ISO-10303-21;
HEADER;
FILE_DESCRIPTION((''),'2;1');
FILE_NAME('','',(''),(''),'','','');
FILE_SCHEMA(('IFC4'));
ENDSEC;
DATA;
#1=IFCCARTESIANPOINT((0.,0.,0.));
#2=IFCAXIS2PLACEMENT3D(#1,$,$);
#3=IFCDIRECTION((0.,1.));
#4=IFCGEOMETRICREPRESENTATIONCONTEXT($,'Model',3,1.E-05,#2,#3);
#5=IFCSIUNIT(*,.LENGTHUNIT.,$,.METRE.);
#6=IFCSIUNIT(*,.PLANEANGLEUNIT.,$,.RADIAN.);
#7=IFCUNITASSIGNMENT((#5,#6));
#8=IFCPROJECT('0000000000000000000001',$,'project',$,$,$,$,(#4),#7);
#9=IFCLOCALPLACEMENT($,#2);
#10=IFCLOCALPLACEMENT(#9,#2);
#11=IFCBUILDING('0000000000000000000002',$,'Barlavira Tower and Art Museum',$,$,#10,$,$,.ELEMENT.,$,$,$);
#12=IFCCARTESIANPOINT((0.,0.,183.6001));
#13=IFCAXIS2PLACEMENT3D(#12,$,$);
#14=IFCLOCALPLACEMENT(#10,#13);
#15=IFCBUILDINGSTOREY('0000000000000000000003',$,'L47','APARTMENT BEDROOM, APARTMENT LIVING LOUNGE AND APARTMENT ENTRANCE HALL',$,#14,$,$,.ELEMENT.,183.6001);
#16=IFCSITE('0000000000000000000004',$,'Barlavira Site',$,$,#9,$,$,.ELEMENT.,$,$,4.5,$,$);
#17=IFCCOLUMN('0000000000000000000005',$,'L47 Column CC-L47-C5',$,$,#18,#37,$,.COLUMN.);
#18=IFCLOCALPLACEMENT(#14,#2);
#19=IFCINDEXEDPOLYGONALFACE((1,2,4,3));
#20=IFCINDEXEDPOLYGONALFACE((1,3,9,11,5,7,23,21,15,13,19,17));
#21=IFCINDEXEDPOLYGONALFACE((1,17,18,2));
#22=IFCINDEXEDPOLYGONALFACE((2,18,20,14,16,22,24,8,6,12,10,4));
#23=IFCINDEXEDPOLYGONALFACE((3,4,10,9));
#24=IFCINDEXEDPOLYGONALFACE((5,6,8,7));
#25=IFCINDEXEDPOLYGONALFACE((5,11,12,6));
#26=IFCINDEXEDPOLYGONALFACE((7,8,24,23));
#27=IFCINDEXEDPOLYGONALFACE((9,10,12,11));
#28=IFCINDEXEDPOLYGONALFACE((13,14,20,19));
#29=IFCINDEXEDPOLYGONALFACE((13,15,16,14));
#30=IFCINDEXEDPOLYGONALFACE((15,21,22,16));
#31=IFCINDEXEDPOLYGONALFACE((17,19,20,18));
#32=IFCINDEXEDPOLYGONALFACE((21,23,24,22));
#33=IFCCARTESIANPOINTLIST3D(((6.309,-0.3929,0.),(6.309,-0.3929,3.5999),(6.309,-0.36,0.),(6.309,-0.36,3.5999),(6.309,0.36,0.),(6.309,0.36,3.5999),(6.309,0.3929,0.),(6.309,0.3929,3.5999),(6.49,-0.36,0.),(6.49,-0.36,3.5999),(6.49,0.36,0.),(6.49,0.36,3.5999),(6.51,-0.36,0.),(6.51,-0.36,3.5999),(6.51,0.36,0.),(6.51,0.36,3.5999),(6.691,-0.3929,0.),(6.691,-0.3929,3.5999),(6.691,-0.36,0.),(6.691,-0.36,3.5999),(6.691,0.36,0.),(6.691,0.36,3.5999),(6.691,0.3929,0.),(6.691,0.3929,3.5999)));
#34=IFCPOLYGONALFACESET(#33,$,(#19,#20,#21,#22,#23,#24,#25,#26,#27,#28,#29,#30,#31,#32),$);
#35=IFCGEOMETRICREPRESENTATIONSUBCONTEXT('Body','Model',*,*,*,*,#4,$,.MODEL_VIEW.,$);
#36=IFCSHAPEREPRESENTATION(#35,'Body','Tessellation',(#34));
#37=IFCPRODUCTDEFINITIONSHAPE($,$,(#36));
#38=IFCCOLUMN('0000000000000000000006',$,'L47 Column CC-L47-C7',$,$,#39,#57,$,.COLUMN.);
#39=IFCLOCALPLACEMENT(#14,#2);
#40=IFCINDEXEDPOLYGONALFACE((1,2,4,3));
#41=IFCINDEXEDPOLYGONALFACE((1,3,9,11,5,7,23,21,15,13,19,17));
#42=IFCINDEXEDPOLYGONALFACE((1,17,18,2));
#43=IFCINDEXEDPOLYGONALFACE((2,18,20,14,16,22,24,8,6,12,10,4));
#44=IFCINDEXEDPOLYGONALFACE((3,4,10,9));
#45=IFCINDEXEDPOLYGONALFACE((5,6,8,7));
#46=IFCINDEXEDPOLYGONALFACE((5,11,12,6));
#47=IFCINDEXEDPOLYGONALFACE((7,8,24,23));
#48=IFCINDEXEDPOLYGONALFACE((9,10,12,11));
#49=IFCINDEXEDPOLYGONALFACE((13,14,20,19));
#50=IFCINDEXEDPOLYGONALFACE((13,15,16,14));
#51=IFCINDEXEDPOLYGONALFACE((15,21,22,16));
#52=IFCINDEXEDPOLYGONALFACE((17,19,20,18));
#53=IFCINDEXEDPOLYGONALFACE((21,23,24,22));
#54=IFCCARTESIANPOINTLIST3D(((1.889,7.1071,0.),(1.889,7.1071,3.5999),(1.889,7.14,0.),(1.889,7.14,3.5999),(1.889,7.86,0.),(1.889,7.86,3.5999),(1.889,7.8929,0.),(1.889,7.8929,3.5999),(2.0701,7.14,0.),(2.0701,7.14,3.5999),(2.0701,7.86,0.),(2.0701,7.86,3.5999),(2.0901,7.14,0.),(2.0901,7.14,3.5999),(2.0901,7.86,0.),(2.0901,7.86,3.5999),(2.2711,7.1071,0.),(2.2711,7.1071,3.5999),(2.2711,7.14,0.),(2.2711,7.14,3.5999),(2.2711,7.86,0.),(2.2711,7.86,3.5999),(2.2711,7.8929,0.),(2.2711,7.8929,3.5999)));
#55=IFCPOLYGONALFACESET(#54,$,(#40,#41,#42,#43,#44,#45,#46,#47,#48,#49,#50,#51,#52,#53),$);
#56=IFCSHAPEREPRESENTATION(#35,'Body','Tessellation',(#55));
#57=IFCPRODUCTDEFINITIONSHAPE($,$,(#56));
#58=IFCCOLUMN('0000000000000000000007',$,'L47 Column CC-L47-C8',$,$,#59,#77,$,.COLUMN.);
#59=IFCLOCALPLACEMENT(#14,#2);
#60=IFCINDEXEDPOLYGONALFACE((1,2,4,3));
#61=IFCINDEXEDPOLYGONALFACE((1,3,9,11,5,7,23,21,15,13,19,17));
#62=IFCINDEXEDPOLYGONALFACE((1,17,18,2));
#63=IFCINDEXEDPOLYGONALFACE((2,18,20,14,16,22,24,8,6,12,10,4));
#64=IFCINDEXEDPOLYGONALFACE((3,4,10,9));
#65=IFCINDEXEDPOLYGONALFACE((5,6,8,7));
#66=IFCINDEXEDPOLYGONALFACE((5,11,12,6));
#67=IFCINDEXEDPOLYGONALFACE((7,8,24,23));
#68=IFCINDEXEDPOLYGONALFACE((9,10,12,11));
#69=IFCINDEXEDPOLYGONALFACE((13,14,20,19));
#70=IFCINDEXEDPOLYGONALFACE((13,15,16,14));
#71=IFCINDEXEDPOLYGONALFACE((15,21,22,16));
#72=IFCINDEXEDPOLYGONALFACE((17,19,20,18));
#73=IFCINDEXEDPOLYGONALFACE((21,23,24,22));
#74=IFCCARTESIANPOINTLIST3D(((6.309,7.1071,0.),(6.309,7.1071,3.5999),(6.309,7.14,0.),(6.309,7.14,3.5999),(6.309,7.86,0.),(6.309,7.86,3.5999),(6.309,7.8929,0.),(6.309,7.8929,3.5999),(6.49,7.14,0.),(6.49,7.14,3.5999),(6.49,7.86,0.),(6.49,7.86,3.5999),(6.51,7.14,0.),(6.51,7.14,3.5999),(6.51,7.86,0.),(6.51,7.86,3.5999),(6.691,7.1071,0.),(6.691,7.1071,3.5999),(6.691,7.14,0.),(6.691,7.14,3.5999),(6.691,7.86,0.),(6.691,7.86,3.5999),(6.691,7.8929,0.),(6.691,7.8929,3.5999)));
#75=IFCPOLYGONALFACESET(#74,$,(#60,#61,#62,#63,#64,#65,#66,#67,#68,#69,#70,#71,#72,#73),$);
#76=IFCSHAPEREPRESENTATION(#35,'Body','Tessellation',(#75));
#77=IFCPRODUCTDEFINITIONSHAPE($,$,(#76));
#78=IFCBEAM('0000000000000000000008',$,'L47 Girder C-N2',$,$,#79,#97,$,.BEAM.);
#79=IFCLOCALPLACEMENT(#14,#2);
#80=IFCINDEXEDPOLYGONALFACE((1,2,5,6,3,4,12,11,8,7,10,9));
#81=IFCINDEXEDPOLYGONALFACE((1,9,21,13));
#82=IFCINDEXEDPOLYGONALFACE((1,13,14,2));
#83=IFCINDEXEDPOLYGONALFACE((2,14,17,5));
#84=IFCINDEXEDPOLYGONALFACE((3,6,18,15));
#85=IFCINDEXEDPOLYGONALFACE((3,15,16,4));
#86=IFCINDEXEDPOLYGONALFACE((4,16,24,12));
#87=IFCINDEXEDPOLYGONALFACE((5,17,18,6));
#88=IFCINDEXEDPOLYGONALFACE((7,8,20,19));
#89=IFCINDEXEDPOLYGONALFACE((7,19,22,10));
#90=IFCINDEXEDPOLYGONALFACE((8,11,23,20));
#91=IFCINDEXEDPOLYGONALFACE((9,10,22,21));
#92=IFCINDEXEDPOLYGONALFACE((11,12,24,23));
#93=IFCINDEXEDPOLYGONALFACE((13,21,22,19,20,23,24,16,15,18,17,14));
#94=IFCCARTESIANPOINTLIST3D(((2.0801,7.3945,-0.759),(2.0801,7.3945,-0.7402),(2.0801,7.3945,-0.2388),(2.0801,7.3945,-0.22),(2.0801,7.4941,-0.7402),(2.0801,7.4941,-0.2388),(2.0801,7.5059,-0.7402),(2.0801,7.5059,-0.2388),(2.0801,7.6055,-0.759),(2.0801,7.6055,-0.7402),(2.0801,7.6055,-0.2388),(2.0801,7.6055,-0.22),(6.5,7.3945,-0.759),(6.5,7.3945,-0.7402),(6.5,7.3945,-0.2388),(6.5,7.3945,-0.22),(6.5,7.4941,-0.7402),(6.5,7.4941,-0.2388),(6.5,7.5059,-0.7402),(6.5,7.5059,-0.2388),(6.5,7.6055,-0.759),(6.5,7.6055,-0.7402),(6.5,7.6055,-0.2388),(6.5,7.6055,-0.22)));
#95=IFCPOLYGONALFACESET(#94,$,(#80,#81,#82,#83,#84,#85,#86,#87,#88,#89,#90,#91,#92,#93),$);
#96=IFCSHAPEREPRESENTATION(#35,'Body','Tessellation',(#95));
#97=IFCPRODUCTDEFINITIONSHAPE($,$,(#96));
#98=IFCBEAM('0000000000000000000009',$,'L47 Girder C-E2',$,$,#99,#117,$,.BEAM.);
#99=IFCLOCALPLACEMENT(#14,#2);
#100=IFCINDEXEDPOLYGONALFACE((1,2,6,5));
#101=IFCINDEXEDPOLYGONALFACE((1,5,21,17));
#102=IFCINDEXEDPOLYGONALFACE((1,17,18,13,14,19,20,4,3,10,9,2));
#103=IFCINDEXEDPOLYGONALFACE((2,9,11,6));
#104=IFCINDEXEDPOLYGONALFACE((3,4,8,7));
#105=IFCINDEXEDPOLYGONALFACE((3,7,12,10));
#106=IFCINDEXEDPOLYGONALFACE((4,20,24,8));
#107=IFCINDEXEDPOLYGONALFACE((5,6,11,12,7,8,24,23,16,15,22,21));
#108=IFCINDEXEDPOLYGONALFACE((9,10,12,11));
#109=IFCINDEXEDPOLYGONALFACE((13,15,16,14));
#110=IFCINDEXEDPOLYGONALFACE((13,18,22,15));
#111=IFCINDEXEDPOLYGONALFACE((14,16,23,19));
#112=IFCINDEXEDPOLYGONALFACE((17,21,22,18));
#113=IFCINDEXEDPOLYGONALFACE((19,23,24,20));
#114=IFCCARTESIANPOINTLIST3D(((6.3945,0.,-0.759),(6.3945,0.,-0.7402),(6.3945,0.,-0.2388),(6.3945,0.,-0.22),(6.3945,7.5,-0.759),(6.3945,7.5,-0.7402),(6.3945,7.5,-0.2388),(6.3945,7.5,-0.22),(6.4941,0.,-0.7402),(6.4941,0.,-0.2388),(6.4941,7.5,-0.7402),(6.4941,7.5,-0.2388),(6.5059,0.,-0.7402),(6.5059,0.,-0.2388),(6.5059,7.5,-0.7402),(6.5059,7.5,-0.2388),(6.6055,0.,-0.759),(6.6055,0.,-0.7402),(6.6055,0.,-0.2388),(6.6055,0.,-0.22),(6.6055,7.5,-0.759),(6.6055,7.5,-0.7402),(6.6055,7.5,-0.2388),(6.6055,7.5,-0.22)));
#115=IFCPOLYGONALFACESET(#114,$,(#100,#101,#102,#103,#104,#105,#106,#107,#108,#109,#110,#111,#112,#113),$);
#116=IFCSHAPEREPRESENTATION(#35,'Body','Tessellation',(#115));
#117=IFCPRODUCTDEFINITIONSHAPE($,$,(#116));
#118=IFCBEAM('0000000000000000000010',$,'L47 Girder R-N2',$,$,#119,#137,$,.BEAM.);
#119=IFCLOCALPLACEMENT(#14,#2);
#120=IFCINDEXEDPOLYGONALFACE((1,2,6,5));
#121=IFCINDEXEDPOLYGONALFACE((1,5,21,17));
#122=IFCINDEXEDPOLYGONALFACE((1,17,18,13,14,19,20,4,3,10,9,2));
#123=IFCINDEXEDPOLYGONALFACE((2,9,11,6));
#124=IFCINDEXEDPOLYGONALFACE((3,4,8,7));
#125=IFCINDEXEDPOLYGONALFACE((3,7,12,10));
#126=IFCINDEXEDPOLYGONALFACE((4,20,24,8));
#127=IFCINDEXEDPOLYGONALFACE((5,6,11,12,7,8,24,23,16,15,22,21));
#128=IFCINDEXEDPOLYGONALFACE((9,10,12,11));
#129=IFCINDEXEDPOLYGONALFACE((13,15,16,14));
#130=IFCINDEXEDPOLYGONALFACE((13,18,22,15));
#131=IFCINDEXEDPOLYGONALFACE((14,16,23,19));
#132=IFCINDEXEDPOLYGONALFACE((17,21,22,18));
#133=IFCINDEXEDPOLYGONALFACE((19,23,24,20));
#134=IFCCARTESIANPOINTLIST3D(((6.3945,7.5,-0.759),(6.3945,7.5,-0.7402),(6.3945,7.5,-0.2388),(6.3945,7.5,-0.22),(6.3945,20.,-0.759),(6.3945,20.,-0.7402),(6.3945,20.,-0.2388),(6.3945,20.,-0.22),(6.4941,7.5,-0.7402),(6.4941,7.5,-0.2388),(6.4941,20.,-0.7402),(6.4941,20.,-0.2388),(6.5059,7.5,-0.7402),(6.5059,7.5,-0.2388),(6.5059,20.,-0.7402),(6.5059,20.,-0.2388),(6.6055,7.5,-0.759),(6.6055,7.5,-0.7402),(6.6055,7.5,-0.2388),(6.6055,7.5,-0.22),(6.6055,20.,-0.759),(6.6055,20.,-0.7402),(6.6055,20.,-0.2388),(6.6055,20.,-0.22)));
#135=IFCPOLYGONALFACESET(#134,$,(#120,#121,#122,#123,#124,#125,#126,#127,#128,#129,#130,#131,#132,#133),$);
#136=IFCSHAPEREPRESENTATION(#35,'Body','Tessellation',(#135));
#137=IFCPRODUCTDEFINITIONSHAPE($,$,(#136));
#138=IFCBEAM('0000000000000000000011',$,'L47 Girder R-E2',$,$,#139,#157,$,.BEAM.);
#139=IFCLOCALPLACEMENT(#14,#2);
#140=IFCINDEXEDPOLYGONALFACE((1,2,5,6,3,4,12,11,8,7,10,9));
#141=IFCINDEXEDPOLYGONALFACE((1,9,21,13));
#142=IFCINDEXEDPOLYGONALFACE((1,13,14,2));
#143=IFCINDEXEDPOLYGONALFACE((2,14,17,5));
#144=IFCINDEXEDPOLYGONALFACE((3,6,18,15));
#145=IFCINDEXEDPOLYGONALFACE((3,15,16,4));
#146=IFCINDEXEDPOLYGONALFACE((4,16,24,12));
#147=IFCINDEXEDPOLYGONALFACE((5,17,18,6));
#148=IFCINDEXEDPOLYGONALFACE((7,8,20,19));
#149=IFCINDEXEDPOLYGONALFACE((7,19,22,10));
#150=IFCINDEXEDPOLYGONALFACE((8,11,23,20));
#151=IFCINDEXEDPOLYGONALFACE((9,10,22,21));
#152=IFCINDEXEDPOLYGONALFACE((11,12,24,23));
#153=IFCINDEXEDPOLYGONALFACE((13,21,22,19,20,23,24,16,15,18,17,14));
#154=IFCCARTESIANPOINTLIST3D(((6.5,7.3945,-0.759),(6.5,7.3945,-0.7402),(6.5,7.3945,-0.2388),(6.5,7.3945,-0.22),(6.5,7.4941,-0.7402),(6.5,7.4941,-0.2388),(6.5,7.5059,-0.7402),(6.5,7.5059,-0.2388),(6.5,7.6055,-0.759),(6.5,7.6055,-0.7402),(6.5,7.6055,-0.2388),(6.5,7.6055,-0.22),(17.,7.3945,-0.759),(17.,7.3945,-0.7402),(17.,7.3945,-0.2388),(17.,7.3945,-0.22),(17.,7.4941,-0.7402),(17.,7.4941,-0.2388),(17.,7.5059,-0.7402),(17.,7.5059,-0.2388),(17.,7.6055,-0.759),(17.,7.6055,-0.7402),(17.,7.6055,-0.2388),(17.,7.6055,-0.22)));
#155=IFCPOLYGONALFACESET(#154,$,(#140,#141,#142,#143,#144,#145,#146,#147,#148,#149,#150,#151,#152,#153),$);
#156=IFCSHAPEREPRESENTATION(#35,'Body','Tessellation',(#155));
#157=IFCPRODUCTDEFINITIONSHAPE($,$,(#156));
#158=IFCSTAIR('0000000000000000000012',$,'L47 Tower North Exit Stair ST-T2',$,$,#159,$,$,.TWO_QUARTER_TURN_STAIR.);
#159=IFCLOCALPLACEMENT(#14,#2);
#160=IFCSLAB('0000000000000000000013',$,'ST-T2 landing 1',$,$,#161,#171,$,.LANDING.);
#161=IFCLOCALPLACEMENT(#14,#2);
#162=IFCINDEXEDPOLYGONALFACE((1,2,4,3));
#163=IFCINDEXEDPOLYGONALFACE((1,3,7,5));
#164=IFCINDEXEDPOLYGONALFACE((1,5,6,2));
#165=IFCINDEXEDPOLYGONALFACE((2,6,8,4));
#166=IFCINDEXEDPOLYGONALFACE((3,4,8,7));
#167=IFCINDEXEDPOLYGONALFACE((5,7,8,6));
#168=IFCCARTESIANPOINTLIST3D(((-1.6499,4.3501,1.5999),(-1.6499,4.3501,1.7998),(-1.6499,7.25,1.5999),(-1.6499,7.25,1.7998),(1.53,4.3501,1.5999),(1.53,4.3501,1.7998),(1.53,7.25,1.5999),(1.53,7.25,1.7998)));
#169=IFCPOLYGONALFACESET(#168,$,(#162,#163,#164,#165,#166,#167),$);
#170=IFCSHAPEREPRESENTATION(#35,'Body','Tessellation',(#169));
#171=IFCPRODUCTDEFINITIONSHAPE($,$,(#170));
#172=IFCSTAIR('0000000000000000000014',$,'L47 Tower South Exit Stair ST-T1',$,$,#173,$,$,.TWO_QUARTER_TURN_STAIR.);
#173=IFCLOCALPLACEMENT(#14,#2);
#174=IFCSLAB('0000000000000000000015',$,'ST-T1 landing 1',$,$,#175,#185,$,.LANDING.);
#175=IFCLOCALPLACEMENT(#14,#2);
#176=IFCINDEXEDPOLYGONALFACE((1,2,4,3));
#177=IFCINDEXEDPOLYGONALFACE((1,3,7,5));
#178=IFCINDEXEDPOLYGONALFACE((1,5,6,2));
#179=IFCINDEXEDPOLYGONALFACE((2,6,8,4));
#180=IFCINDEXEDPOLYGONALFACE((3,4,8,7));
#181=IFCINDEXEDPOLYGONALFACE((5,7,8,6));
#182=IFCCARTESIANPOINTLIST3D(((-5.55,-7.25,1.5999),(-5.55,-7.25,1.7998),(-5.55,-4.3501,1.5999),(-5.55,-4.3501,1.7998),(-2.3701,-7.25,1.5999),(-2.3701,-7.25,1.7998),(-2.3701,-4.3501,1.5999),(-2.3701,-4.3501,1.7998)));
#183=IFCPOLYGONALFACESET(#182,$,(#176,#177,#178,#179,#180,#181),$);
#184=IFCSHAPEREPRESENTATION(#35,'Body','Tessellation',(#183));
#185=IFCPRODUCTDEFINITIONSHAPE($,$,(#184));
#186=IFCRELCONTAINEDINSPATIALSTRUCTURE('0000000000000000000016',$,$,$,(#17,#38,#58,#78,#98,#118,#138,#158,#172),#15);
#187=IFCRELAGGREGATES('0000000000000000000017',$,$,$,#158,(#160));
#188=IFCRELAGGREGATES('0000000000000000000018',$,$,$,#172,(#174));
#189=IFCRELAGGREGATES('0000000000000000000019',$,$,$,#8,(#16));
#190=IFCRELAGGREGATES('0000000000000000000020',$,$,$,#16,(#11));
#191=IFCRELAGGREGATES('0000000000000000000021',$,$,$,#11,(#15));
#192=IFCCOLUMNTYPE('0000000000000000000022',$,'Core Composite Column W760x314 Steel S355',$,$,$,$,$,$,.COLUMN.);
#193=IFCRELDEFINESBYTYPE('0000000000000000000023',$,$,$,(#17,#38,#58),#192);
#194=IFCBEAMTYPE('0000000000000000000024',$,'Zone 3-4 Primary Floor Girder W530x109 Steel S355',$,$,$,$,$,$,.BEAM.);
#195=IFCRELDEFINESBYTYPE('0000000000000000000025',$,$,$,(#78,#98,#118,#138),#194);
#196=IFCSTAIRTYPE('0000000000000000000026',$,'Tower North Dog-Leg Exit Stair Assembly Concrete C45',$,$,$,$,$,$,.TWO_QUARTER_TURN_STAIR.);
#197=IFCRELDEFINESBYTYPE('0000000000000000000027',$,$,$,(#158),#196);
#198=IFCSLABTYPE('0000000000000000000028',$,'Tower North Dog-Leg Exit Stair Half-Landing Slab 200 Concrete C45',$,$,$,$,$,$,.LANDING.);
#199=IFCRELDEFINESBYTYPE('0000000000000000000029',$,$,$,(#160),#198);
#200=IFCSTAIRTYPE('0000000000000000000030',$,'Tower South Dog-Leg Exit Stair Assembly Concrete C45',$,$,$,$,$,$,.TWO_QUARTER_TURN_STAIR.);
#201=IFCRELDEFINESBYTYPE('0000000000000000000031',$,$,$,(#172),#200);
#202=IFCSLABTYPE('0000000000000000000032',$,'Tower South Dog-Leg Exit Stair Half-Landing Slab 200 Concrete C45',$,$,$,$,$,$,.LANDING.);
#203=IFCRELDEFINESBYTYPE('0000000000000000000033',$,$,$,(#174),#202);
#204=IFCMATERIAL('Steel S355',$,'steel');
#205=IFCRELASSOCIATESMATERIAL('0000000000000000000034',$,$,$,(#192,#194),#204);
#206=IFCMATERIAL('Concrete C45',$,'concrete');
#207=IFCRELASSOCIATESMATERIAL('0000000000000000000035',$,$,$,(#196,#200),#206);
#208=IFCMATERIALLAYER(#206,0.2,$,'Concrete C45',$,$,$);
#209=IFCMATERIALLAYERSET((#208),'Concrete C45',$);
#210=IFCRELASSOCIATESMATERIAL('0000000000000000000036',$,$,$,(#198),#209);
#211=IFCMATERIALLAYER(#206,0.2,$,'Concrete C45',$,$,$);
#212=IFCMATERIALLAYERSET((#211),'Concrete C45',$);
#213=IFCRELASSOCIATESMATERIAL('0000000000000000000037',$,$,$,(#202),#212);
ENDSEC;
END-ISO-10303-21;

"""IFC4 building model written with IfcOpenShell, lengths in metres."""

from ifc_helpers import new_model, si_unit, direction, frame, origin, origin_2d, place, context, subcontext, project, spatial, polyline, i_section, outline, extrude, material, layer, layer_set, material_profile, profile_set, type_object, element, aggregate, save


model = new_model("IFC4")

# Units and contexts
model_context = context("Model", 3, precision=1e-05, world=origin(), true_north=direction((0.0, 1.0)))
body_context = subcontext(model_context, "Body", "Model", "MODEL_VIEW")
ifc_project = project(units=[si_unit("LENGTHUNIT", "METRE"), si_unit("PLANEANGLEUNIT", "RADIAN")], contexts=[model_context])

# Site, building, storey
site_placement = place(None, origin())
site = spatial("IfcSite", under=ifc_project, at=site_placement, Name="Barlavira Site", CompositionType="ELEMENT", RefElevation=4.5)
building_placement = place(site_placement, origin())
building = spatial("IfcBuilding", under=site, at=building_placement, Name="Barlavira Tower and Art Museum", CompositionType="ELEMENT")
storey_placement = place(building_placement, frame((0.0, 0.0, 183.6001)))
storey = spatial("IfcBuildingStorey", under=building, at=storey_placement, Name="L47", Description="APARTMENT BEDROOM, APARTMENT LIVING LOUNGE AND APARTMENT ENTRANCE HALL", CompositionType="ELEMENT", Elevation=183.6001)

# Columns
ifc_material_1 = material(Name="Steel S355", Category="steel")
ifc_material_profile_1 = material_profile(ifc_material_1, i_section(OverallWidth=0.3821, OverallDepth=0.7859, WebThickness=0.02, FlangeThickness=0.033, at=origin_2d()), Name="W760x314.0")
ifc_profile_set_1 = profile_set([ifc_material_profile_1], Name="Steel S355")
column_type = type_object("IfcColumnType", Name="Core Composite Column W760x314 Steel S355", PredefinedType="COLUMN", material=ifc_profile_set_1)
for number, where, z_axis, x_axis, name in (
    (1, (6.5, 0.0, 0.0), (0.0, 0.0, 1.0), (1.0, 0.0, 0.0), "L47 Column CC-L47-C5"),
    (2, (2.0801, 7.5, 0.0), (0.0, 0.0, 1.0), (1.0, 0.0, 0.0), "L47 Column CC-L47-C7"),
    (3, (6.5, 7.5, 0.0), (0.0, 0.0, 1.0), (1.0, 0.0, 0.0), "L47 Column CC-L47-C8"),
):
    element("IfcColumn", number, at=place(storey_placement, frame(where, z_axis=z_axis, x_axis=x_axis)), inside=storey, type_object=column_type, Name=name, PredefinedType="COLUMN", context=body_context, shape_type="SweptSolid", body=[
        extrude(i_section(OverallWidth=0.3821, OverallDepth=0.7859, WebThickness=0.02, FlangeThickness=0.033, at=origin_2d()), origin(), (0.0, 0.0, 1.0), 3.5999),
    ])

# Beams
ifc_material_profile_2 = material_profile(ifc_material_1, i_section(OverallWidth=0.2109, OverallDepth=0.5391, WebThickness=0.0117, FlangeThickness=0.0188, at=origin_2d()), Name="W530x109.0")
ifc_profile_set_2 = profile_set([ifc_material_profile_2], Name="Steel S355")
beam_type = type_object("IfcBeamType", Name="Zone 3-4 Primary Floor Girder W530x109 Steel S355", PredefinedType="BEAM", material=ifc_profile_set_2)
beam_1_placement = place(storey_placement, frame((2.0801, 7.5, -0.4895), z_axis=(1.0, 0.0, 0.0), x_axis=(0.0, 1.0, 0.0)))
element("IfcBeam", 4, at=beam_1_placement, inside=storey, type_object=beam_type, Name="L47 Girder C-N2", PredefinedType="BEAM", context=body_context, shape_type="SweptSolid", body=[
    extrude(i_section(OverallWidth=0.2109, OverallDepth=0.5391, WebThickness=0.0117, FlangeThickness=0.0188, at=origin_2d()), origin(), (0.0, 0.0, 1.0), 4.4199),
])
beam_2_placement = place(storey_placement, frame((6.5, 0.0, -0.4895), z_axis=(0.0, 1.0, 0.0), x_axis=(-1.0, 0.0, 0.0)))
element("IfcBeam", 5, at=beam_2_placement, inside=storey, type_object=beam_type, Name="L47 Girder C-E2", PredefinedType="BEAM", context=body_context, shape_type="SweptSolid", body=[
    extrude(i_section(OverallWidth=0.2109, OverallDepth=0.5391, WebThickness=0.0117, FlangeThickness=0.0188, at=origin_2d()), origin(), (0.0, 0.0, 1.0), 7.5),
])
beam_3_placement = place(storey_placement, frame((6.5, 7.5, -0.4895), z_axis=(0.0, 1.0, 0.0), x_axis=(-1.0, 0.0, 0.0)))
element("IfcBeam", 6, at=beam_3_placement, inside=storey, type_object=beam_type, Name="L47 Girder R-N2", PredefinedType="BEAM", context=body_context, shape_type="SweptSolid", body=[
    extrude(i_section(OverallWidth=0.2109, OverallDepth=0.5391, WebThickness=0.0117, FlangeThickness=0.0188, at=origin_2d()), origin(), (0.0, 0.0, 1.0), 12.5),
])
beam_4_placement = place(storey_placement, frame((6.5, 7.5, -0.4895), z_axis=(1.0, 0.0, 0.0), x_axis=(0.0, 1.0, 0.0)))
element("IfcBeam", 7, at=beam_4_placement, inside=storey, type_object=beam_type, Name="L47 Girder R-E2", PredefinedType="BEAM", context=body_context, shape_type="SweptSolid", body=[
    extrude(i_section(OverallWidth=0.2109, OverallDepth=0.5391, WebThickness=0.0117, FlangeThickness=0.0188, at=origin_2d()), origin(), (0.0, 0.0, 1.0), 10.5),
])

# Stairs, slabs
ifc_material_2 = material(Name="Concrete C45", Category="concrete")
stair_type_1 = type_object("IfcStairType", Name="Tower North Dog-Leg Exit Stair Assembly Concrete C45", PredefinedType="TWO_QUARTER_TURN_STAIR", material=ifc_material_2)
stair_1_placement = place(storey_placement, origin())
stair_1 = element("IfcStair", 8, at=stair_1_placement, inside=storey, type_object=stair_type_1, Name="L47 Tower North Exit Stair ST-T2", PredefinedType="TWO_QUARTER_TURN_STAIR")
ifc_layer_1 = layer(ifc_material_2, 0.2, Name="Concrete C45")
ifc_layer_set_1 = layer_set([ifc_layer_1], Name="Concrete C45")
slab_type_1 = type_object("IfcSlabType", Name="Tower North Dog-Leg Exit Stair Half-Landing Slab 200 Concrete C45", PredefinedType="LANDING", material=ifc_layer_set_1)
slab_1_placement = place(storey_placement, frame((0.0, 0.0, 1.5999)))
slab_1 = element("IfcSlab", 9, at=slab_1_placement, type_object=slab_type_1, Name="ST-T2 landing 1", PredefinedType="LANDING", context=body_context, shape_type="SweptSolid", body=[
    extrude(outline(polyline([(-1.6499, 4.3501), (1.53, 4.3501), (1.53, 7.25), (-1.6499, 7.25), (-1.6499, 4.3501)])), origin(), (0.0, 0.0, 1.0), 0.2),
])
aggregate(stair_1, [slab_1])
stair_type_2 = type_object("IfcStairType", Name="Tower South Dog-Leg Exit Stair Assembly Concrete C45", PredefinedType="TWO_QUARTER_TURN_STAIR", material=ifc_material_2)
stair_2_placement = place(storey_placement, origin())
stair_2 = element("IfcStair", 10, at=stair_2_placement, inside=storey, type_object=stair_type_2, Name="L47 Tower South Exit Stair ST-T1", PredefinedType="TWO_QUARTER_TURN_STAIR")
ifc_layer_2 = layer(ifc_material_2, 0.2, Name="Concrete C45")
ifc_layer_set_2 = layer_set([ifc_layer_2], Name="Concrete C45")
slab_type_2 = type_object("IfcSlabType", Name="Tower South Dog-Leg Exit Stair Half-Landing Slab 200 Concrete C45", PredefinedType="LANDING", material=ifc_layer_set_2)
slab_2_placement = place(storey_placement, frame((0.0, 0.0, 1.5999)))
slab_2 = element("IfcSlab", 11, at=slab_2_placement, type_object=slab_type_2, Name="ST-T1 landing 1", PredefinedType="LANDING", context=body_context, shape_type="SweptSolid", body=[
    extrude(outline(polyline([(-2.3701, -4.3501), (-5.55, -4.3501), (-5.55, -7.25), (-2.3701, -7.25), (-2.3701, -4.3501)])), origin(), (0.0, 0.0, 1.0), 0.2),
])
aggregate(stair_2, [slab_2])

save(model, "model.ifc")
